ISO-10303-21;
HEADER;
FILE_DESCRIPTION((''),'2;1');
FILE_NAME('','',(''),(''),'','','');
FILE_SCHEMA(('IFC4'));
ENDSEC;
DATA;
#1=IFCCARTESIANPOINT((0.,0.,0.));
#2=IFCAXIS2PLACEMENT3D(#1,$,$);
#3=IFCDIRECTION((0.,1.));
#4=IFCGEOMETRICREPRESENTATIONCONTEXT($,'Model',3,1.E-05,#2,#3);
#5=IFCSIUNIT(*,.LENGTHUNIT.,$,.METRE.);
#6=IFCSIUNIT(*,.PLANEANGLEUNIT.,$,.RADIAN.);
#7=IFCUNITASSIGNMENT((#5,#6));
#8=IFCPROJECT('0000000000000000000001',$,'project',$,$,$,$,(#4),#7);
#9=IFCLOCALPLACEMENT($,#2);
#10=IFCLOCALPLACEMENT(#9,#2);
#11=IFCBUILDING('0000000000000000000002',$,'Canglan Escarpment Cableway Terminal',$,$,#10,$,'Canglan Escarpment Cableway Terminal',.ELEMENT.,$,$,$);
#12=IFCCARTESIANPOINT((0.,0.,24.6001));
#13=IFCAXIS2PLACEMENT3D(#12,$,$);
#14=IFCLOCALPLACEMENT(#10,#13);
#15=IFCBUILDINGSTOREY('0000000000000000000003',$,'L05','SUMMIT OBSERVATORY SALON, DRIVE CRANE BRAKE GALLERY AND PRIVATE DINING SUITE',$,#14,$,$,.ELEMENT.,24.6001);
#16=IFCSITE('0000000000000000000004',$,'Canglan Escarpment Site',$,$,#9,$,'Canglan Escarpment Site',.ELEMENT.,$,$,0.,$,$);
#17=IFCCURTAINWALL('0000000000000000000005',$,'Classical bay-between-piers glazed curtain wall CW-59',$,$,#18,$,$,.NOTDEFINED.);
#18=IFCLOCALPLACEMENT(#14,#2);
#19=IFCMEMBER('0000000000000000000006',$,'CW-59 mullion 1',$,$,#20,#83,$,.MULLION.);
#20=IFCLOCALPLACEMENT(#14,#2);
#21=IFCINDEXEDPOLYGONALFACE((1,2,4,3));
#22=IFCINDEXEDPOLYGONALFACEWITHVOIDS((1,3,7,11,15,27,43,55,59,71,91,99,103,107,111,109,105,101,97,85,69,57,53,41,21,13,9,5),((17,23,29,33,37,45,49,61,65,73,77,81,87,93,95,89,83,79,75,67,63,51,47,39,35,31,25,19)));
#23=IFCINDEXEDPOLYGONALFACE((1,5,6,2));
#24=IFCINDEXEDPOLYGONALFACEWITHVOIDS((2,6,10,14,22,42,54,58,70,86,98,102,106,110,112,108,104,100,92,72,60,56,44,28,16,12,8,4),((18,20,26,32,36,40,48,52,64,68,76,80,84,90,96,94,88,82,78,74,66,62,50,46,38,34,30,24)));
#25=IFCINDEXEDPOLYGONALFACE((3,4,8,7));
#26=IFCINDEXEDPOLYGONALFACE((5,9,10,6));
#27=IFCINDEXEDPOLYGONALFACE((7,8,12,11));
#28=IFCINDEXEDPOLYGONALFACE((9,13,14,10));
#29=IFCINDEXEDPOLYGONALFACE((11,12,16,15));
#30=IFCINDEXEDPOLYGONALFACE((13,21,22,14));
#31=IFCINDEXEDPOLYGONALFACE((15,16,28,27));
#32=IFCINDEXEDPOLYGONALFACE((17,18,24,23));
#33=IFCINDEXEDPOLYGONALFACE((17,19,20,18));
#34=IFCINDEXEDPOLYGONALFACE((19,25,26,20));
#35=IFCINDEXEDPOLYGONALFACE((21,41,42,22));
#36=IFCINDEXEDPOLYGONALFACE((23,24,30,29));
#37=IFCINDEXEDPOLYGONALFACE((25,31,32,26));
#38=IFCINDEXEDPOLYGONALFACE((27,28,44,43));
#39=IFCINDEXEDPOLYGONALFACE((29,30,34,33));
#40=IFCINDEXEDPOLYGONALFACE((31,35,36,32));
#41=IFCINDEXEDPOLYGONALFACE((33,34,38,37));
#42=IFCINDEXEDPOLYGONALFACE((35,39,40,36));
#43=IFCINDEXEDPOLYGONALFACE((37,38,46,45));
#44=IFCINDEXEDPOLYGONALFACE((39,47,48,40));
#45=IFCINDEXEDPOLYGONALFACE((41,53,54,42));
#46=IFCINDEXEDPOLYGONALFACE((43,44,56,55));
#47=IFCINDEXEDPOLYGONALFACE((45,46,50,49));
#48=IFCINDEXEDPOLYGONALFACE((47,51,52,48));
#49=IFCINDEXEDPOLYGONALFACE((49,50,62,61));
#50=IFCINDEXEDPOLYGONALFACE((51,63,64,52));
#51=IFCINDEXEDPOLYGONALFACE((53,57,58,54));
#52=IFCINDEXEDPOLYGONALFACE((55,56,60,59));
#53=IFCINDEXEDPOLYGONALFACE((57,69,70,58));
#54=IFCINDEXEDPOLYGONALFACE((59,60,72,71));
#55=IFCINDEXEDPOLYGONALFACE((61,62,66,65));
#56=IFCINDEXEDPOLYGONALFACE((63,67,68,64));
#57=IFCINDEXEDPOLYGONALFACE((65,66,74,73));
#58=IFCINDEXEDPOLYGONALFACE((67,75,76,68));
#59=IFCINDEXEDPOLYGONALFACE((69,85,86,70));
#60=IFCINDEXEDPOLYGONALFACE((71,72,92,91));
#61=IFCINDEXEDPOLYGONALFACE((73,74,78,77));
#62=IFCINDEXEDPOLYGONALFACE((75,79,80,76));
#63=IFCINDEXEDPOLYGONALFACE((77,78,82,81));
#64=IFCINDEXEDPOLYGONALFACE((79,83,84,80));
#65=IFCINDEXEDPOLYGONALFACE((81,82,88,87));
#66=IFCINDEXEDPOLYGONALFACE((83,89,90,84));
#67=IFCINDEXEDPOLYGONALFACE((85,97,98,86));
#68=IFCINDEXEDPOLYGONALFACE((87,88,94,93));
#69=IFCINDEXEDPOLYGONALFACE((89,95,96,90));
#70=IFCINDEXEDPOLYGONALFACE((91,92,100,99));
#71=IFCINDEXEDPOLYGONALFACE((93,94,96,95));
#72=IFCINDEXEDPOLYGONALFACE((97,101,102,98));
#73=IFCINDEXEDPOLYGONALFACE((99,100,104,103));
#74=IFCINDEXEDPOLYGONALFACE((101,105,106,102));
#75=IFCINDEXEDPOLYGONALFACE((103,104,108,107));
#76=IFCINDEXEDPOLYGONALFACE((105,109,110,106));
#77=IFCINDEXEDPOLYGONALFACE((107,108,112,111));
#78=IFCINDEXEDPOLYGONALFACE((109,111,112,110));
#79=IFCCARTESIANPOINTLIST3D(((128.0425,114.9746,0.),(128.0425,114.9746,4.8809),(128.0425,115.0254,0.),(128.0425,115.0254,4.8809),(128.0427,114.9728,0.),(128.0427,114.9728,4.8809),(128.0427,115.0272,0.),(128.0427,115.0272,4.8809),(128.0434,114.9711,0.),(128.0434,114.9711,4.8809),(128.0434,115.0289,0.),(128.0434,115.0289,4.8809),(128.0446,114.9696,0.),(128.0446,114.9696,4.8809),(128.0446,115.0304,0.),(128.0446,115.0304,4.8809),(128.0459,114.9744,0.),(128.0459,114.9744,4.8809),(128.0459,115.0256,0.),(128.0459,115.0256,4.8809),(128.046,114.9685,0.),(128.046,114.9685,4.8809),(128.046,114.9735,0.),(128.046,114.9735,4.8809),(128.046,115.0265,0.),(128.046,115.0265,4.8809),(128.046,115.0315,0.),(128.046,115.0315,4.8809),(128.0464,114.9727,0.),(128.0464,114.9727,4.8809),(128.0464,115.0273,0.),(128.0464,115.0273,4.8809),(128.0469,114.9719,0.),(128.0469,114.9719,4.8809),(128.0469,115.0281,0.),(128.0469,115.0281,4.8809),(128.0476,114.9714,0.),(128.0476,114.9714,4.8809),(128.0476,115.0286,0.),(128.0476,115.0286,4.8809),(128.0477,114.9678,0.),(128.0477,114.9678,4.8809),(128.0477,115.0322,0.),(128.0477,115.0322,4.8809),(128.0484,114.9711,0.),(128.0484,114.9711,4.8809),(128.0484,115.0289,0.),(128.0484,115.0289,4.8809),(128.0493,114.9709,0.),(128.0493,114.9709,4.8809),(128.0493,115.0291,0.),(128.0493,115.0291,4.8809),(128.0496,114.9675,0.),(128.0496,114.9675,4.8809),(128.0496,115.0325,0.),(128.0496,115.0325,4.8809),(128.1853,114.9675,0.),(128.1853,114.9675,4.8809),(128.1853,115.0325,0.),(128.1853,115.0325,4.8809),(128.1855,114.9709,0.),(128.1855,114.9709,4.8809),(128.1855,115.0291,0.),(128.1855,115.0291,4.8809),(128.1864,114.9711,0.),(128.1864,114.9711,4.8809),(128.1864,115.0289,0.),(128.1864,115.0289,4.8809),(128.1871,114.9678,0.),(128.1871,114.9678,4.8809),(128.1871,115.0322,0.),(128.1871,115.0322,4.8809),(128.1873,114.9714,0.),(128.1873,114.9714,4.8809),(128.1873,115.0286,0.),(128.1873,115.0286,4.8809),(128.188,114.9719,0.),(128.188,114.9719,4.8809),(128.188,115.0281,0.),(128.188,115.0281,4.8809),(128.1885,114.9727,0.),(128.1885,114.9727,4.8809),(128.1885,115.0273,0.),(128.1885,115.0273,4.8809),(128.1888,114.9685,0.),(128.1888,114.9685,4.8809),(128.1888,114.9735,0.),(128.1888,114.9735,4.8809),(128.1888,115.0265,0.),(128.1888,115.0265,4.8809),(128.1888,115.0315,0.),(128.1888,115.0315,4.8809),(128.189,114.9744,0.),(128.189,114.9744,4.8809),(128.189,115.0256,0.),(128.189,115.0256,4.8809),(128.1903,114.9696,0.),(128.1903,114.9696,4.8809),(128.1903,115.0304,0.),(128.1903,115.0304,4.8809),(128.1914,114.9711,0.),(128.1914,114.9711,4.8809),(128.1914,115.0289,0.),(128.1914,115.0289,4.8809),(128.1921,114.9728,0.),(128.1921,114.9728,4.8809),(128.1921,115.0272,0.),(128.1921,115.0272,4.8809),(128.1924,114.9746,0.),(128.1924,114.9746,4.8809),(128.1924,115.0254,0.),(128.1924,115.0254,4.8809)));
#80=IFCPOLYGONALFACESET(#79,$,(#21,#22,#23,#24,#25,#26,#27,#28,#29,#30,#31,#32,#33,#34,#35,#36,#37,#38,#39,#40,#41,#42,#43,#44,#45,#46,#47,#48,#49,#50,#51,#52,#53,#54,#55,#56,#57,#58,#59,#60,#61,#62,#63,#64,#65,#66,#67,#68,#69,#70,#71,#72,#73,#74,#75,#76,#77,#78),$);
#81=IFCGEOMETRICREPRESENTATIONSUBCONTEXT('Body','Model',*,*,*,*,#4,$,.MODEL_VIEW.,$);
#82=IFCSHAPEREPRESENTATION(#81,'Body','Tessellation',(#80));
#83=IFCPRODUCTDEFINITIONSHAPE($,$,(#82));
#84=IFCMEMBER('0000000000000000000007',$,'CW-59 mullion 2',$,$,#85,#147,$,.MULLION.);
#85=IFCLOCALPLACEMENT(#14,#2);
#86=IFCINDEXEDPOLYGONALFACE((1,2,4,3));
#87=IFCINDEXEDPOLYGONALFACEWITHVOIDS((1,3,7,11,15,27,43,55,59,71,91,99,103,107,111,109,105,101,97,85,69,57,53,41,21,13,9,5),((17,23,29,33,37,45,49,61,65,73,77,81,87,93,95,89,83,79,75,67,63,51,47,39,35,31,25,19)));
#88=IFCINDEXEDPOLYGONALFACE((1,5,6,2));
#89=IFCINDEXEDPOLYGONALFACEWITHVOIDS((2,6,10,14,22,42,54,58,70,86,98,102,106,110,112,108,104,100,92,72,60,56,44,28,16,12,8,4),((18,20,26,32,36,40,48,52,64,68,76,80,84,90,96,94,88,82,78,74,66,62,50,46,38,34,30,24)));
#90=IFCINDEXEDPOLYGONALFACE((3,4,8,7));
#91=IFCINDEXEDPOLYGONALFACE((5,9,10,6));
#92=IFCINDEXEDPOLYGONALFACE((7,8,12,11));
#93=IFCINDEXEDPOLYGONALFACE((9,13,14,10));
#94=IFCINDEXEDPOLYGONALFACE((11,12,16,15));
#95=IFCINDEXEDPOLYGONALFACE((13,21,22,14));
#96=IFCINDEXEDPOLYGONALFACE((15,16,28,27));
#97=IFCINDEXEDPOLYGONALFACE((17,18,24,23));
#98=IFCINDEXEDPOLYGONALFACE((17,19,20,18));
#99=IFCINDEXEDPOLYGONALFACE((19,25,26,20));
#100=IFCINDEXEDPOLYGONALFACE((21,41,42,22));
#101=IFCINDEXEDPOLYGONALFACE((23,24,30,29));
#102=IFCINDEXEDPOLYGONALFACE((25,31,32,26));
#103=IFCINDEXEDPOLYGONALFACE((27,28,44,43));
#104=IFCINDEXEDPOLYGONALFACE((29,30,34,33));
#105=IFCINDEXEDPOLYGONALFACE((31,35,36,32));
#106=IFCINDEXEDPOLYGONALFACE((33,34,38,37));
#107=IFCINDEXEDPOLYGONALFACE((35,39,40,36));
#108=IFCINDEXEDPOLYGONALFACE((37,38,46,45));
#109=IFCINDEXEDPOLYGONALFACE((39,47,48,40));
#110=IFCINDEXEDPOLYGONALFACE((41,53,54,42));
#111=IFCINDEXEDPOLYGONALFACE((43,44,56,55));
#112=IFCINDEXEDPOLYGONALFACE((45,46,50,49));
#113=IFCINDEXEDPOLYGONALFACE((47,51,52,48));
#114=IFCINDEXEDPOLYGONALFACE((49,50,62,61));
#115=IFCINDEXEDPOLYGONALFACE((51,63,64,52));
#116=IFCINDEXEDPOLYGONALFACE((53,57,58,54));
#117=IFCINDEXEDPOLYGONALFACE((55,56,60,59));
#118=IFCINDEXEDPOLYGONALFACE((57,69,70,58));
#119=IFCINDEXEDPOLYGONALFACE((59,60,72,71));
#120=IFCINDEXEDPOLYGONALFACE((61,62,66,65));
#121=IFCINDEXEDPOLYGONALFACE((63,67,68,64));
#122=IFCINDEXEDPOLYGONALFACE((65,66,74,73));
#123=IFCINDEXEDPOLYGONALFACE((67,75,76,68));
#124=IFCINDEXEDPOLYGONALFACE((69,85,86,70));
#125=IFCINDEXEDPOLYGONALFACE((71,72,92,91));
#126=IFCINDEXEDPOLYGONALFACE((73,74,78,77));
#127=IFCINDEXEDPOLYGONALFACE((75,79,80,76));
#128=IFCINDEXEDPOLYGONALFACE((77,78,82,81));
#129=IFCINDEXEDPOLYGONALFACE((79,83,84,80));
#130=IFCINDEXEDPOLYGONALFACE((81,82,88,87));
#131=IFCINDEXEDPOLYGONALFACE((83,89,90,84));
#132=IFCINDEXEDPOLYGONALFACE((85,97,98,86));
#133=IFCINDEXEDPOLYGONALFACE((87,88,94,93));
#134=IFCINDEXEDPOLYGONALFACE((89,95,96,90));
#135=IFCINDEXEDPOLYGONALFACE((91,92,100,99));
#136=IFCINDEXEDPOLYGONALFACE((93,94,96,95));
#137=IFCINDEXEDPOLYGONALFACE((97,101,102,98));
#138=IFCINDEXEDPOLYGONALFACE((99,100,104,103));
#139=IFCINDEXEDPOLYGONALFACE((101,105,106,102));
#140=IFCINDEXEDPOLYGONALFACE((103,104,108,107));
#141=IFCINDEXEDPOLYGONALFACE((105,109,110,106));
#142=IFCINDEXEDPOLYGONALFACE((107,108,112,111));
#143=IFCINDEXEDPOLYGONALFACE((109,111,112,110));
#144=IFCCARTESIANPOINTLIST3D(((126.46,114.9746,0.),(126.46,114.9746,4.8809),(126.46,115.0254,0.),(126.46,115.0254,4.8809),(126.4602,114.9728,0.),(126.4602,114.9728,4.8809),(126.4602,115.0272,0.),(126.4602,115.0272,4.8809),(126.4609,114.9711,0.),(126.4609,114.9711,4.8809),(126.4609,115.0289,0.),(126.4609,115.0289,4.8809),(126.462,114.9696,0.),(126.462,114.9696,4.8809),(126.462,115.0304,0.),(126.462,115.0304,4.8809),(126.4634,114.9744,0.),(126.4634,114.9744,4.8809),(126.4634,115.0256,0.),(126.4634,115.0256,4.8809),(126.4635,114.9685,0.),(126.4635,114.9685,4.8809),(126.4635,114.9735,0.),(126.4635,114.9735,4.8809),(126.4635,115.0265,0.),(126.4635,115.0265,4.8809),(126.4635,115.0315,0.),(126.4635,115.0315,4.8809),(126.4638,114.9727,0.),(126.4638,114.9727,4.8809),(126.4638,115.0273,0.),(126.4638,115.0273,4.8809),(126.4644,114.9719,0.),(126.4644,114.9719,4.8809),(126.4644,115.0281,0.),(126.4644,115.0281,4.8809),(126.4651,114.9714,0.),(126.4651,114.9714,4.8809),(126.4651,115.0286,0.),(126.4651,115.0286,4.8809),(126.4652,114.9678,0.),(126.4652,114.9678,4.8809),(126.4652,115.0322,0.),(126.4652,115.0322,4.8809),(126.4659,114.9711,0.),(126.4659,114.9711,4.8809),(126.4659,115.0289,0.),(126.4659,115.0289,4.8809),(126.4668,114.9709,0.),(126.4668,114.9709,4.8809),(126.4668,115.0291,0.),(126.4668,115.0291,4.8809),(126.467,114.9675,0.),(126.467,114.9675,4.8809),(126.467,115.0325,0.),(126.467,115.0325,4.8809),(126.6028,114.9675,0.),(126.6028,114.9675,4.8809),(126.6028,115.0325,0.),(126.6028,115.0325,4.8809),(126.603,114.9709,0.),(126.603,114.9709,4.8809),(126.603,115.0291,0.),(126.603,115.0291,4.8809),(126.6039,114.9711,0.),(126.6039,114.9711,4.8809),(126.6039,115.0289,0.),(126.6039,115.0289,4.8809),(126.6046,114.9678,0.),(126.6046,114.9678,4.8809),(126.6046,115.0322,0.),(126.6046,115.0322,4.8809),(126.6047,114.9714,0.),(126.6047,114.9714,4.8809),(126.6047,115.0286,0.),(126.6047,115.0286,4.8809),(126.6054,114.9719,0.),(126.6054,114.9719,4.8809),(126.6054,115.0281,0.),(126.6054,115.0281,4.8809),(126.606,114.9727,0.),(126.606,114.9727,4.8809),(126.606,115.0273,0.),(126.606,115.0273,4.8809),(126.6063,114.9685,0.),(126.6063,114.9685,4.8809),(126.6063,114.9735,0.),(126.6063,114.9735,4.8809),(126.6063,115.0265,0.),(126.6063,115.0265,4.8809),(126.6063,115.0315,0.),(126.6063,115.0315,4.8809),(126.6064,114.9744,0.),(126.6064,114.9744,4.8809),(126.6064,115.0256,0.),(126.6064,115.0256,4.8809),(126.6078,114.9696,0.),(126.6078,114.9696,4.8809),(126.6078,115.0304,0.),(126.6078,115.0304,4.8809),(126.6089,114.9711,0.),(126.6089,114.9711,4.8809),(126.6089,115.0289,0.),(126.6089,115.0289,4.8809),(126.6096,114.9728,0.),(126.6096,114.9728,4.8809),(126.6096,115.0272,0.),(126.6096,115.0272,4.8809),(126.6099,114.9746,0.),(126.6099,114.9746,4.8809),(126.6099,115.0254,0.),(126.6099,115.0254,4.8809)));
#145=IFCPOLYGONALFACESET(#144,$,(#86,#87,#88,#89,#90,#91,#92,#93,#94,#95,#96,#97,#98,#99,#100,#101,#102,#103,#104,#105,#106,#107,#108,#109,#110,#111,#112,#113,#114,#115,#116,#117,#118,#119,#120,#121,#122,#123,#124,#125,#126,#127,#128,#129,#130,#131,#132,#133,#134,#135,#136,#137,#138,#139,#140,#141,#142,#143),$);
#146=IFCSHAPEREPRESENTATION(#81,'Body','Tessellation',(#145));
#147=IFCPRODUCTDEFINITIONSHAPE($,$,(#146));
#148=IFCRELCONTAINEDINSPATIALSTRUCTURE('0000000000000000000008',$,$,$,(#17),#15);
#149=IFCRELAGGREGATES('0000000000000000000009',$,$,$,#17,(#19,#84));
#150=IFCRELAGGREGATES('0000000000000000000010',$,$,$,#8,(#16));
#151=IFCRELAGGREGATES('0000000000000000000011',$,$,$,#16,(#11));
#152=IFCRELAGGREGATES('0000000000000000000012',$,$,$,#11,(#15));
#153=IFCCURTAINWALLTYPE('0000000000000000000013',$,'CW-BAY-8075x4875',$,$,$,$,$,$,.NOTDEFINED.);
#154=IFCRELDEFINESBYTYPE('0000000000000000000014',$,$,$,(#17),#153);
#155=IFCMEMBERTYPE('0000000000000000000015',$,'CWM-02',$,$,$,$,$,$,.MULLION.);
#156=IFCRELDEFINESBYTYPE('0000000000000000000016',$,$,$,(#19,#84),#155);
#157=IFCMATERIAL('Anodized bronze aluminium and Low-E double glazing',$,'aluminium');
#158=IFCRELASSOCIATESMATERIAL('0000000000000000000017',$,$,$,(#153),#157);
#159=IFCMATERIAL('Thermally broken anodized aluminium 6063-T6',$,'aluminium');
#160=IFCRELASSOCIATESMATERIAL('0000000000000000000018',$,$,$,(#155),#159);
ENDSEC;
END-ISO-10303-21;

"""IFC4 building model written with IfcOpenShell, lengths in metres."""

from ifc_helpers import new_model, si_unit, direction, frame, origin, origin_2d, place, context, subcontext, project, spatial, hollow_rectangle, extrude, material, material_profile, profile_set, type_object, element, aggregate, save


model = new_model("IFC4")

# Units and contexts
model_context = context("Model", 3, precision=1e-05, world=origin(), true_north=direction((0.0, 1.0)))
body_context = subcontext(model_context, "Body", "Model", "MODEL_VIEW")
ifc_project = project(units=[si_unit("LENGTHUNIT", "METRE"), si_unit("PLANEANGLEUNIT", "RADIAN")], contexts=[model_context])

# Site, building, storey
site_placement = place(None, origin())
site = spatial("IfcSite", under=ifc_project, at=site_placement, Name="Canglan Escarpment Site", LongName="Canglan Escarpment Site", CompositionType="ELEMENT", RefElevation=0.0)
building_placement = place(site_placement, origin())
building = spatial("IfcBuilding", under=site, at=building_placement, Name="Canglan Escarpment Cableway Terminal", LongName="Canglan Escarpment Cableway Terminal", CompositionType="ELEMENT")
storey_placement = place(building_placement, frame((0.0, 0.0, 24.6001)))
storey = spatial("IfcBuildingStorey", under=building, at=storey_placement, Name="L05", Description="SUMMIT OBSERVATORY SALON, DRIVE CRANE BRAKE GALLERY AND PRIVATE DINING SUITE", CompositionType="ELEMENT", Elevation=24.6001)

# Curtain wall, members
ifc_material_1 = material(Name="Anodized bronze aluminium and Low-E double glazing", Category="aluminium")
curtain_wall_type = type_object("IfcCurtainWallType", Name="CW-BAY-8075x4875", PredefinedType="NOTDEFINED", material=ifc_material_1)
curtain_wall_1_placement = place(storey_placement, origin())
curtain_wall_1 = element("IfcCurtainWall", 1, at=curtain_wall_1_placement, inside=storey, type_object=curtain_wall_type, Name="Classical bay-between-piers glazed curtain wall CW-59", PredefinedType="NOTDEFINED")
ifc_material_2 = material(Name="Thermally broken anodized aluminium 6063-T6", Category="aluminium")
ifc_material_profile_1 = material_profile(ifc_material_2, hollow_rectangle(XDim=0.0649, YDim=0.1499, WallThickness=0.0034, InnerFilletRadius=0.0034, OuterFilletRadius=0.0071, at=origin_2d()), Name="ALU-MULL 65x150x3.5")
ifc_profile_set_1 = profile_set([ifc_material_profile_1], Name="Thermally broken anodized aluminium 6063-T6")
member_type_1 = type_object("IfcMemberType", Name="CWM-02", PredefinedType="MULLION", material=ifc_profile_set_1)
member_1_placement = place(storey_placement, frame((128.1174, 115.0, 0.0), z_axis=(0.0, 0.0, 1.0), x_axis=(0.0, -1.0, 0.0)))
member_1 = element("IfcMember", 2, at=member_1_placement, type_object=member_type_1, Name="CW-59 mullion 1", PredefinedType="MULLION", context=body_context, shape_type="SweptSolid", body=[
    extrude(hollow_rectangle(XDim=0.0649, YDim=0.1499, WallThickness=0.0034, InnerFilletRadius=0.0034, OuterFilletRadius=0.0071, at=origin_2d()), origin(), (0.0, 0.0, 1.0), 4.8809),
])
member_2_placement = place(storey_placement, frame((126.5349, 115.0, 0.0), z_axis=(0.0, 0.0, 1.0), x_axis=(0.0, -1.0, 0.0)))
member_2 = element("IfcMember", 3, at=member_2_placement, type_object=member_type_1, Name="CW-59 mullion 2", PredefinedType="MULLION", context=body_context, shape_type="SweptSolid", body=[
    extrude(hollow_rectangle(XDim=0.0649, YDim=0.1499, WallThickness=0.0034, InnerFilletRadius=0.0034, OuterFilletRadius=0.0071, at=origin_2d()), origin(), (0.0, 0.0, 1.0), 4.8809),
])

aggregate(curtain_wall_1, [member_1, member_2])

save(model, "model.ifc")
